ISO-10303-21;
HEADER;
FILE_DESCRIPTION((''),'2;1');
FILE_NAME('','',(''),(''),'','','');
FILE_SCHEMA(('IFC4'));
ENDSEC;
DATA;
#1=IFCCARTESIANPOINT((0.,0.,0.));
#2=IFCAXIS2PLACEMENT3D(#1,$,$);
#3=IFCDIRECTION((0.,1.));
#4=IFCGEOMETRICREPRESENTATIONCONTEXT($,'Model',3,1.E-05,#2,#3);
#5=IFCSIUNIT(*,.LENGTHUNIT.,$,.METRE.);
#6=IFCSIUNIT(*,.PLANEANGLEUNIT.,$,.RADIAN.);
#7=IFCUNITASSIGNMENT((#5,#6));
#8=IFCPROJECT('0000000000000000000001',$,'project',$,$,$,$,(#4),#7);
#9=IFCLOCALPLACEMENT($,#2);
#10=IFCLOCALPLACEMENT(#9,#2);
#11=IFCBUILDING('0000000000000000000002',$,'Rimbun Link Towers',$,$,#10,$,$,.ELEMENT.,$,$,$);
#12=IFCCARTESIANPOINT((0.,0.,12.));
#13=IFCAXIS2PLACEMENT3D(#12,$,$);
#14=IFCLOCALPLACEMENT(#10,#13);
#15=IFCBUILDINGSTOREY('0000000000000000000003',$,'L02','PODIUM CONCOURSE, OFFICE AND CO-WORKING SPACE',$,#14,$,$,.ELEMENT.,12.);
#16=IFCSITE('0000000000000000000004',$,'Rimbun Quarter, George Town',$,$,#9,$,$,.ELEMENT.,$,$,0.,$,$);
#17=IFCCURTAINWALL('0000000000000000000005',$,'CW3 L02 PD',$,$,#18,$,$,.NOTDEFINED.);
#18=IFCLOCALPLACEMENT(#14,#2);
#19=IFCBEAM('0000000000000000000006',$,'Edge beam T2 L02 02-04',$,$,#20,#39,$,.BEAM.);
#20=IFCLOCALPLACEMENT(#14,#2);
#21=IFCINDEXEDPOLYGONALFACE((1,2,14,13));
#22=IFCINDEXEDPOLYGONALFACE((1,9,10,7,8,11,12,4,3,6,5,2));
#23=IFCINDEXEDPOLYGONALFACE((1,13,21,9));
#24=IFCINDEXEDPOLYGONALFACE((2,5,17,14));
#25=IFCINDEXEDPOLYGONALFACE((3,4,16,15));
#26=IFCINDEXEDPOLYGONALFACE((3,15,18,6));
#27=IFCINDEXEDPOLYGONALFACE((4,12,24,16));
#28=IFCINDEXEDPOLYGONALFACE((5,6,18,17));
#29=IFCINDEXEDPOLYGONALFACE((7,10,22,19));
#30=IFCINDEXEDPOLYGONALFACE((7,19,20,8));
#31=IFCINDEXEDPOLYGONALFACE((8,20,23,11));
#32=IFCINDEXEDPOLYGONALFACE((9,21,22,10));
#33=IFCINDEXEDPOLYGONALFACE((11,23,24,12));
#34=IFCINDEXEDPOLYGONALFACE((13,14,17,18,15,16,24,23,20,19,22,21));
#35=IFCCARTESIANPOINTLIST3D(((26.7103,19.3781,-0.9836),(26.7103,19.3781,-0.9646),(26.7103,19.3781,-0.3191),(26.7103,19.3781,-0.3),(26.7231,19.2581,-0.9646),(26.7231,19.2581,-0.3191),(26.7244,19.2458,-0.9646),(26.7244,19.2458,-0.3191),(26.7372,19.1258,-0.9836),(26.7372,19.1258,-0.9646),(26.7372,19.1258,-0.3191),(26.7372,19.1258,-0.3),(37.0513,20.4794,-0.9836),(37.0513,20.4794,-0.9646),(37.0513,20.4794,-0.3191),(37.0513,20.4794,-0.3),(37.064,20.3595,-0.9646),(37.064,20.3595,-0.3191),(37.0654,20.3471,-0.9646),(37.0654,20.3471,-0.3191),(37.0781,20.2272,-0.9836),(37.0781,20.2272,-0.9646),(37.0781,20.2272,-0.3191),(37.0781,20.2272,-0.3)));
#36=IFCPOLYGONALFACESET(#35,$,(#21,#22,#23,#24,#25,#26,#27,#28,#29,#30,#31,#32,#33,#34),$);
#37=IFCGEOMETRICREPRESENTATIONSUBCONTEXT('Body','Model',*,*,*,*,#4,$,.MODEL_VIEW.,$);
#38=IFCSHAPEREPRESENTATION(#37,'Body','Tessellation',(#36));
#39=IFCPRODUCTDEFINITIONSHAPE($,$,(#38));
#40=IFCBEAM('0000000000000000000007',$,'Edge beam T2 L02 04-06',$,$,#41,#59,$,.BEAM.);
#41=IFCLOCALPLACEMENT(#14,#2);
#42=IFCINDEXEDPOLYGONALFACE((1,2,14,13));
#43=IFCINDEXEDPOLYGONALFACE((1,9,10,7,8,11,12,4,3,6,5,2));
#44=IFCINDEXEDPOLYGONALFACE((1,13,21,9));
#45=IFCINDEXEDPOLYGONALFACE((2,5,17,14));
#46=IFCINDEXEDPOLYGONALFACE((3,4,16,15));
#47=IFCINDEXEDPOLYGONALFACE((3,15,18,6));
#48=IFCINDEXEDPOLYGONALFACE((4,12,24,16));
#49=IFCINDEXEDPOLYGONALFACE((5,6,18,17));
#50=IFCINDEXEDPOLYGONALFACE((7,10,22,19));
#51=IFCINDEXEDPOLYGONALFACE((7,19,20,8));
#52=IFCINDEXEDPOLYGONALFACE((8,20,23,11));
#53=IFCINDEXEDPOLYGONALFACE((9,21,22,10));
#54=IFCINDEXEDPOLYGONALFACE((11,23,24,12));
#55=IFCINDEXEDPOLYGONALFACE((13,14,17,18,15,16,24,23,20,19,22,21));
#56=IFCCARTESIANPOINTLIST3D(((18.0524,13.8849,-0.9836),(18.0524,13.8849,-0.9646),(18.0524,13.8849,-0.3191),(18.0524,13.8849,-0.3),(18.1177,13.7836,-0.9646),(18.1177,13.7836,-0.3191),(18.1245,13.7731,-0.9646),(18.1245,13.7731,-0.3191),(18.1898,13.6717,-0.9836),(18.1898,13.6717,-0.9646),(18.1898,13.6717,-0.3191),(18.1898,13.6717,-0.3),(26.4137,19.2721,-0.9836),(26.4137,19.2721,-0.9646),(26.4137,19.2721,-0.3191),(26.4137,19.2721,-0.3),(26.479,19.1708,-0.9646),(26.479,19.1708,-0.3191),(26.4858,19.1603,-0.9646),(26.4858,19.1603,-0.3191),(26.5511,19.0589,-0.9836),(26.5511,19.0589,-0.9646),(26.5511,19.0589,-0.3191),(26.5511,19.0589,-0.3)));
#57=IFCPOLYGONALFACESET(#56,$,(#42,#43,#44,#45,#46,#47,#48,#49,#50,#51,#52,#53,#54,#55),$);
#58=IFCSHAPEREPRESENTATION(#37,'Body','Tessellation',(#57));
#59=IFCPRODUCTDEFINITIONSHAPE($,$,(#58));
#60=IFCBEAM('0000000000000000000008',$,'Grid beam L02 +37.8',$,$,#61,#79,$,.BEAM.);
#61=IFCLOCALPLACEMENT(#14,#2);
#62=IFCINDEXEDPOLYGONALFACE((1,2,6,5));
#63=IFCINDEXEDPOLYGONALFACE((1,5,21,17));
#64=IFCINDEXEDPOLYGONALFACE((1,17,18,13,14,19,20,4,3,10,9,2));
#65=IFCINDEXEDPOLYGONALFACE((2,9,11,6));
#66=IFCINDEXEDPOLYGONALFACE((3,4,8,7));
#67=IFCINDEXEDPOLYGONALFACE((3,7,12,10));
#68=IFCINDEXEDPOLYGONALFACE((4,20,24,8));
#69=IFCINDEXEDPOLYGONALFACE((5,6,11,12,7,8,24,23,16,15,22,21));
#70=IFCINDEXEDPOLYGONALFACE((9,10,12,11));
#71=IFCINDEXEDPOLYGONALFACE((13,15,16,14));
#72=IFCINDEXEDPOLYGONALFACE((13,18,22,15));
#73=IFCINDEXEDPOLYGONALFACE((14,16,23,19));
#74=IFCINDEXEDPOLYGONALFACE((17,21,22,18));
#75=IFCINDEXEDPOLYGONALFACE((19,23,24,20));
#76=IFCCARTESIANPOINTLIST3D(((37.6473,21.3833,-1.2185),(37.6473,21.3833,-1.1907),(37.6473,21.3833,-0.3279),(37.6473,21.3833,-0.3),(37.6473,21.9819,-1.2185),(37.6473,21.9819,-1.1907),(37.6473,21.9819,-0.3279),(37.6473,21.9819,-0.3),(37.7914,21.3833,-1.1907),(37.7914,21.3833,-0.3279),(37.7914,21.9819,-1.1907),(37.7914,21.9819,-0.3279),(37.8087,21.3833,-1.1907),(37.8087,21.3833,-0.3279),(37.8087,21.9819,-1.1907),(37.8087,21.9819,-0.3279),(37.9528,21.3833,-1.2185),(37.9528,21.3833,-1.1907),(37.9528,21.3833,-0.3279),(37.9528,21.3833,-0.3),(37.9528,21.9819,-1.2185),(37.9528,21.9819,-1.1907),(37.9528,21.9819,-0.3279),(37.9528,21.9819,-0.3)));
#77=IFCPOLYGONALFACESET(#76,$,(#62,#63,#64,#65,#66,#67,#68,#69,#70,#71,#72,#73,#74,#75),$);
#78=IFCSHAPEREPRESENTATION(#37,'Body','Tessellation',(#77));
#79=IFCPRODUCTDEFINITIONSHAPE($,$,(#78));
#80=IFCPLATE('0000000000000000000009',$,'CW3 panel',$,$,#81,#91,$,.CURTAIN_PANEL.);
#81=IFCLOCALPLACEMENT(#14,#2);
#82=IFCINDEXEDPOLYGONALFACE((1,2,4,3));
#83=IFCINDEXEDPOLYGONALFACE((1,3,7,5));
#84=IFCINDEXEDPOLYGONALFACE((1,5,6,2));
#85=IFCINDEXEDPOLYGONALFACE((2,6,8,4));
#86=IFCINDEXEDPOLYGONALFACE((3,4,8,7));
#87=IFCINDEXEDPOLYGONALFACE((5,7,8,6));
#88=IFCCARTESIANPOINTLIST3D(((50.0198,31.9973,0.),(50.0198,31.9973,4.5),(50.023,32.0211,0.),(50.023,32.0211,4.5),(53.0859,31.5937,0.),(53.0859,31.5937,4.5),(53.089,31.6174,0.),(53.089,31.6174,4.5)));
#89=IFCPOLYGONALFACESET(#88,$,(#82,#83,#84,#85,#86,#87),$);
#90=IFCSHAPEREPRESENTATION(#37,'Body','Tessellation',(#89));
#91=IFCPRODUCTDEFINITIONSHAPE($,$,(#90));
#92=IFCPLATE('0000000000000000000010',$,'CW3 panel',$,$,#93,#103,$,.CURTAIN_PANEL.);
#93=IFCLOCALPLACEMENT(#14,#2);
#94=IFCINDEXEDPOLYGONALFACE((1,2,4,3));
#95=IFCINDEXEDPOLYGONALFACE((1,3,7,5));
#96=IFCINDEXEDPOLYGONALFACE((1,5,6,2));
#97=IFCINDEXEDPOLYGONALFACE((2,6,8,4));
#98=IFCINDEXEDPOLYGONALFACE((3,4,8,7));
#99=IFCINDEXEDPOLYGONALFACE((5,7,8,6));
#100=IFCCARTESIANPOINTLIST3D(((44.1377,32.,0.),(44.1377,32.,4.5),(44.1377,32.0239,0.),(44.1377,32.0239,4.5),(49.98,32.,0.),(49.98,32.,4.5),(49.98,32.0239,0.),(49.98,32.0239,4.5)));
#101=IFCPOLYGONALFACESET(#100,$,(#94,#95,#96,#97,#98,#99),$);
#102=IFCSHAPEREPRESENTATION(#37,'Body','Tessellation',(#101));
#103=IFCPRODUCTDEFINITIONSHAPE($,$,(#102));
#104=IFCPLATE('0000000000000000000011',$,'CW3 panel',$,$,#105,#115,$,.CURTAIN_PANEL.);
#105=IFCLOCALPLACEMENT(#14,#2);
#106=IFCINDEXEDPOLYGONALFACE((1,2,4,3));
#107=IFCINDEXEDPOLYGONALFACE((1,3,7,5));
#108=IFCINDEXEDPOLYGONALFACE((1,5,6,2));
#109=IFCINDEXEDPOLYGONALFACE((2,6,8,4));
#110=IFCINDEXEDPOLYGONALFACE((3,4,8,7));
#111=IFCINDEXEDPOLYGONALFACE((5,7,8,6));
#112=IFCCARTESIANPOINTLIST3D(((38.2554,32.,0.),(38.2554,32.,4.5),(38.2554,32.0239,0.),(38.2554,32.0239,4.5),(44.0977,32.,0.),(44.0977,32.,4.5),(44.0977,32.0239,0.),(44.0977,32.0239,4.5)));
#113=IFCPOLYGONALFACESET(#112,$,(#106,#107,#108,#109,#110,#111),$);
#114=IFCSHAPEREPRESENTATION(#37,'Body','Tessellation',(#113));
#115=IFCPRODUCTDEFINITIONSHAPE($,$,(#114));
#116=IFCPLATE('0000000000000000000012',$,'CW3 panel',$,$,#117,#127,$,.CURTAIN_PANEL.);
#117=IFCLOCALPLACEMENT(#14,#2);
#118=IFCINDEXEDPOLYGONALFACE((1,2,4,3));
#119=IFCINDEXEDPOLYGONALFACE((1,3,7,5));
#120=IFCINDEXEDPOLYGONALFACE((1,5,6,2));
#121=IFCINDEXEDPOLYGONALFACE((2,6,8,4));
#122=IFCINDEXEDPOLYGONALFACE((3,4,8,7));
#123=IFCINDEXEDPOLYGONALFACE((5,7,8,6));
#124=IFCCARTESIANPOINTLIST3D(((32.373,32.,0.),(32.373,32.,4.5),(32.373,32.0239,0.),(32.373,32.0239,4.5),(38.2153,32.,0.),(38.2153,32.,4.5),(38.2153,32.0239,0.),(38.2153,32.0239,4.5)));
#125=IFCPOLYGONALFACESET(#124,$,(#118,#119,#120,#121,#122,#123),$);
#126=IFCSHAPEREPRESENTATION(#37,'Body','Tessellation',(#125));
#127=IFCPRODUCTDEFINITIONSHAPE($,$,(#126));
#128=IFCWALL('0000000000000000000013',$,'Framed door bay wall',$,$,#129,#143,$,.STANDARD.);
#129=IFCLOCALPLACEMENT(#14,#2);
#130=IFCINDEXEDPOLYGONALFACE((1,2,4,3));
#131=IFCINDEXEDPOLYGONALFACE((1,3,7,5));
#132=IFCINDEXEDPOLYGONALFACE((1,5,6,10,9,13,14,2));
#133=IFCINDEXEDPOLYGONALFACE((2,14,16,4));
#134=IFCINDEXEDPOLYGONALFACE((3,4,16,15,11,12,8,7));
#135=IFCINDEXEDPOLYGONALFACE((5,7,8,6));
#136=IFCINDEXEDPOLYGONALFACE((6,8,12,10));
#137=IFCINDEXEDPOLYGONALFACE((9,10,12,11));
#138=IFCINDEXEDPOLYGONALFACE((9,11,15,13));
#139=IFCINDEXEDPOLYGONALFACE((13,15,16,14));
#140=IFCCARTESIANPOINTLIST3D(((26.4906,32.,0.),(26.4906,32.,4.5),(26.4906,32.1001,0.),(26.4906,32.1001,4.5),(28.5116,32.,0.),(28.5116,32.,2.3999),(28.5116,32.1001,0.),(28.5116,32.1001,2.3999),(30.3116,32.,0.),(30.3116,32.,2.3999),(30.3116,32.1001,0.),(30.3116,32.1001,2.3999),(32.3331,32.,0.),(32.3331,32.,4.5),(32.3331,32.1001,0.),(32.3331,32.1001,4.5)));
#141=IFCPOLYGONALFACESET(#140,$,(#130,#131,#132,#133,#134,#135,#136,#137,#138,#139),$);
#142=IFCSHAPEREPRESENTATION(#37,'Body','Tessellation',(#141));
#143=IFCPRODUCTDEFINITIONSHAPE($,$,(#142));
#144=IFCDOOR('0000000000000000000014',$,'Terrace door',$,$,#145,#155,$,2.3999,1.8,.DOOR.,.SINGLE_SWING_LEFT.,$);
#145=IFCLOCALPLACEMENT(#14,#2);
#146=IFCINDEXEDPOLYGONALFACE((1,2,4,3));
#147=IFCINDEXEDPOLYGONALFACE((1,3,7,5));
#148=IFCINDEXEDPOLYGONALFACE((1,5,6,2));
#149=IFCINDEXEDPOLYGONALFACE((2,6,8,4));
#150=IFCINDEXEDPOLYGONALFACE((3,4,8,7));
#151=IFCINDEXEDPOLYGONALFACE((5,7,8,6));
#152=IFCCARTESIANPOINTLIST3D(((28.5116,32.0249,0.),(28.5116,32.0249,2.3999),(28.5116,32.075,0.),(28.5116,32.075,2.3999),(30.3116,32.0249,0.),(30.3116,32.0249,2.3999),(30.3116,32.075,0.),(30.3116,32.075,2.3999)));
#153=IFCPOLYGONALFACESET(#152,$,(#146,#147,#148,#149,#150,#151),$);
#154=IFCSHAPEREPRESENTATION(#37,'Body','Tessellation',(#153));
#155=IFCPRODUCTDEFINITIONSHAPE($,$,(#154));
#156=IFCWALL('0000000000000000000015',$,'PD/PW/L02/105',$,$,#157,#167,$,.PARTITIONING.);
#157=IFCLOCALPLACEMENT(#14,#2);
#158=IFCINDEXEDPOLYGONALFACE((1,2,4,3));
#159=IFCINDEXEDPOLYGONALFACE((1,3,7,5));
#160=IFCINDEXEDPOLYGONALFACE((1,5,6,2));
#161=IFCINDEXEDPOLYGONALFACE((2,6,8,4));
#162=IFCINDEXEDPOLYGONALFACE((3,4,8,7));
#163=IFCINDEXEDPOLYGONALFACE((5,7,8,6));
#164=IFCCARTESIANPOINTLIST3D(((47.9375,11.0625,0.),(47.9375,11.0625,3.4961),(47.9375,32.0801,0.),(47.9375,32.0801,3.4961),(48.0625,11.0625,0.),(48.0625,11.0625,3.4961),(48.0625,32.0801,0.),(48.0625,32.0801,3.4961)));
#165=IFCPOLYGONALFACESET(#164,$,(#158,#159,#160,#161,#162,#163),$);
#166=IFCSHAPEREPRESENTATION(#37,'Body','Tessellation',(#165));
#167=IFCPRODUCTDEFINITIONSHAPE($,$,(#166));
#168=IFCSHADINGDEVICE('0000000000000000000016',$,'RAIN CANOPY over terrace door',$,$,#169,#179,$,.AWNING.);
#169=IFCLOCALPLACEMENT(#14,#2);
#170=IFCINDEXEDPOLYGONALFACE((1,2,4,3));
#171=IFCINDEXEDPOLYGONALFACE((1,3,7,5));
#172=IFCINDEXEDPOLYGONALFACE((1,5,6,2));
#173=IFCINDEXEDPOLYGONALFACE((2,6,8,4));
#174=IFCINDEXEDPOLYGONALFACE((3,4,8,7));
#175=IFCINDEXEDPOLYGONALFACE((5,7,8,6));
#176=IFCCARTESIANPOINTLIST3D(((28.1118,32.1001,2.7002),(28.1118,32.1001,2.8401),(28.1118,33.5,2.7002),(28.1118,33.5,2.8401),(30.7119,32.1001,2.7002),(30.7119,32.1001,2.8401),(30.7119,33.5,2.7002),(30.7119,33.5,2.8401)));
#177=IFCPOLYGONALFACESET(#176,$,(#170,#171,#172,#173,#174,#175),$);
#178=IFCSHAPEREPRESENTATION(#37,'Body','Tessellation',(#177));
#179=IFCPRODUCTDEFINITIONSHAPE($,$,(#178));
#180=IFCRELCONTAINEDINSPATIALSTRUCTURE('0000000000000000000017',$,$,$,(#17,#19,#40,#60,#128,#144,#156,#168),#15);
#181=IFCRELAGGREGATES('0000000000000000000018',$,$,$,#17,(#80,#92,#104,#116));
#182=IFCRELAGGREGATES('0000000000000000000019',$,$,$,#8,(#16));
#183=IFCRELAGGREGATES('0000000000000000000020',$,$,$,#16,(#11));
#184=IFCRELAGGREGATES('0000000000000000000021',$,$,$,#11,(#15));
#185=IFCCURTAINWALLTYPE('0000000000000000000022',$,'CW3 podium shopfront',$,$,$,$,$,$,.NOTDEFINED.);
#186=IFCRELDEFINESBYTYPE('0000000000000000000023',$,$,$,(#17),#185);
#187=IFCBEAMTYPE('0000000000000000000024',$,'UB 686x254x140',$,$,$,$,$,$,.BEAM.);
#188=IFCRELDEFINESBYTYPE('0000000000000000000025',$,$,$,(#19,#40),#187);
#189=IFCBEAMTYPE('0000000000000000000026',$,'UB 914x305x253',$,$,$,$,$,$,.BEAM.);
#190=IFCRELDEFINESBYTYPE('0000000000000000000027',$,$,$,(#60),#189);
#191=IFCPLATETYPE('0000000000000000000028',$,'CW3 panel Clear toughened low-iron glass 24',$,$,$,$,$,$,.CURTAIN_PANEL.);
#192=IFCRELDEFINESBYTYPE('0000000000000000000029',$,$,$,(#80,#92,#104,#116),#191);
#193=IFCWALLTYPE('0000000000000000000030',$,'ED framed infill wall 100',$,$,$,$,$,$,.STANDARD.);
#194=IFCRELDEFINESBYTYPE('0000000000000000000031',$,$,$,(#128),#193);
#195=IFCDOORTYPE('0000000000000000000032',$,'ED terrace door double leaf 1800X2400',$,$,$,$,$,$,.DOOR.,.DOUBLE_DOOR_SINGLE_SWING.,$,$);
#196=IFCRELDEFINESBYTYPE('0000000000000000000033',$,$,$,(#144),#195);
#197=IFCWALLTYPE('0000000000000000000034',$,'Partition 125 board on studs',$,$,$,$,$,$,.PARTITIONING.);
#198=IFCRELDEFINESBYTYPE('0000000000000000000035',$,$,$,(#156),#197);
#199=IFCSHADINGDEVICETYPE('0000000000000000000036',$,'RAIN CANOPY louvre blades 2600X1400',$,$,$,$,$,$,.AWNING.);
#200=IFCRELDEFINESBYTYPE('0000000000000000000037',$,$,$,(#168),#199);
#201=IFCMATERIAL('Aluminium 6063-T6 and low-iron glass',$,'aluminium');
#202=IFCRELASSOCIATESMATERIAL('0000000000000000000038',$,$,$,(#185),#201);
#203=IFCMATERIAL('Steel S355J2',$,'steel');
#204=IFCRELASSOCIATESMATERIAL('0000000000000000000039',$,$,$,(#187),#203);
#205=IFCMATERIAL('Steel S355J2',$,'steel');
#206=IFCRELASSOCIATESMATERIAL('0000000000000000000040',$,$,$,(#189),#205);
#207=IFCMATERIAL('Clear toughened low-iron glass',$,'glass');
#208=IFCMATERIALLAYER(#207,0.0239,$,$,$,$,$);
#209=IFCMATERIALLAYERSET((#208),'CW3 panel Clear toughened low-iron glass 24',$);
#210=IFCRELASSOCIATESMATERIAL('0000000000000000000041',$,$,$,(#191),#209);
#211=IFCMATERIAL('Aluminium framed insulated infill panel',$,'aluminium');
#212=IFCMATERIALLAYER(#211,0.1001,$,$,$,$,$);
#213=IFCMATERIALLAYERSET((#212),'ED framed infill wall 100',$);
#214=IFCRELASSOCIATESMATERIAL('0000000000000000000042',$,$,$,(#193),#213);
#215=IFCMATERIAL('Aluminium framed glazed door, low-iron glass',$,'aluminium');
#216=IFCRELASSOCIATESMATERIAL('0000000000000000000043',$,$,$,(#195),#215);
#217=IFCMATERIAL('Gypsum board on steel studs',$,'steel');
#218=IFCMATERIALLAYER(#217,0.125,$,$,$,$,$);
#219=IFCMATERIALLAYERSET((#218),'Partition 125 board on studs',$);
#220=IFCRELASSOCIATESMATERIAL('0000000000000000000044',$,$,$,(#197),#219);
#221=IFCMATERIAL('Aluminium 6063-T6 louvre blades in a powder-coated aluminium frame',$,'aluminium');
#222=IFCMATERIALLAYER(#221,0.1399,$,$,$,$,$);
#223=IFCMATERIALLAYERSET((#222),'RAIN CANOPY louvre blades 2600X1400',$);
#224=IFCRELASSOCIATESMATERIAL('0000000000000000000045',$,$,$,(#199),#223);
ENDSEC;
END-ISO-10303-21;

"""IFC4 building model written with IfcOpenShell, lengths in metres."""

from ifc_helpers import new_model, si_unit, direction, frame, frame_2d, origin, origin_2d, place, context, subcontext, project, spatial, rectangle, i_section, extrude, material, layer, layer_set, material_profile, profile_set, type_object, element, fill, aggregate, save


model = new_model("IFC4")

# Units and contexts
model_context = context("Model", 3, precision=1e-05, world=origin(), true_north=direction((0.0, 1.0)))
body_context = subcontext(model_context, "Body", "Model", "MODEL_VIEW")
ifc_project = project(units=[si_unit("LENGTHUNIT", "METRE"), si_unit("PLANEANGLEUNIT", "RADIAN")], contexts=[model_context])

# Site, building, storey
site_placement = place(None, origin())
site = spatial("IfcSite", under=ifc_project, at=site_placement, Name="Rimbun Quarter, George Town", CompositionType="ELEMENT", RefElevation=0.0)
building_placement = place(site_placement, origin())
building = spatial("IfcBuilding", under=site, at=building_placement, Name="Rimbun Link Towers", CompositionType="ELEMENT")
storey_placement = place(building_placement, frame((0.0, 0.0, 12.0)))
storey = spatial("IfcBuildingStorey", under=building, at=storey_placement, Name="L02", Description="PODIUM CONCOURSE, OFFICE AND CO-WORKING SPACE", CompositionType="ELEMENT", Elevation=12.0)

# Curtain wall
ifc_material_1 = material(Name="Aluminium 6063-T6 and low-iron glass", Category="aluminium")
curtain_wall_type = type_object("IfcCurtainWallType", Name="CW3 podium shopfront", PredefinedType="NOTDEFINED", material=ifc_material_1)
curtain_wall_placement = place(storey_placement, origin())
curtain_wall = element("IfcCurtainWall", 1, at=curtain_wall_placement, inside=storey, type_object=curtain_wall_type, Name="CW3 L02 PD", PredefinedType="NOTDEFINED")

# Beams
ifc_material_2 = material(Name="Steel S355J2", Category="steel")
ifc_material_profile_1 = material_profile(ifc_material_2, i_section(OverallWidth=0.2537, OverallDepth=0.6836, WebThickness=0.0125, FlangeThickness=0.019, at=origin_2d()), Name="UB 686x254x140")
ifc_profile_set_1 = profile_set([ifc_material_profile_1], Name="Steel S355J2")
beam_type_1 = type_object("IfcBeamType", Name="UB 686x254x140", PredefinedType="BEAM", material=ifc_profile_set_1)
beam_1_placement = place(storey_placement, frame((37.0647, 20.3533, -0.6418), z_axis=(-0.994376, -0.105903, 0.0), x_axis=(0.105903, -0.994376, 0.0)))
element("IfcBeam", 2, at=beam_1_placement, inside=storey, type_object=beam_type_1, Name="Edge beam T2 L02 02-04", PredefinedType="BEAM", context=body_context, shape_type="SweptSolid", body=[
    extrude(i_section(OverallWidth=0.2537, OverallDepth=0.6836, WebThickness=0.0125, FlangeThickness=0.019, at=origin_2d()), origin(), (0.0, 0.0, 1.0), 10.3994),
])
beam_2_placement = place(storey_placement, frame((26.4824, 19.1655, -0.6418), z_axis=(-0.840626, -0.541616, 0.0), x_axis=(0.541616, -0.840626, 0.0)))
element("IfcBeam", 3, at=beam_2_placement, inside=storey, type_object=beam_type_1, Name="Edge beam T2 L02 04-06", PredefinedType="BEAM", context=body_context, shape_type="SweptSolid", body=[
    extrude(i_section(OverallWidth=0.2537, OverallDepth=0.6836, WebThickness=0.0125, FlangeThickness=0.019, at=origin_2d()), origin(), (0.0, 0.0, 1.0), 9.9465),
])
ifc_material_3 = material(Name="Steel S355J2", Category="steel")
ifc_material_profile_2 = material_profile(ifc_material_3, i_section(OverallWidth=0.3054, OverallDepth=0.9185, WebThickness=0.0173, FlangeThickness=0.0278, at=origin_2d()), Name="UB 914x305x253")
ifc_profile_set_2 = profile_set([ifc_material_profile_2], Name="Steel S355J2")
beam_type_2 = type_object("IfcBeamType", Name="UB 914x305x253", PredefinedType="BEAM", material=ifc_profile_set_2)
beam_3_placement = place(storey_placement, frame((37.8, 21.3833, -0.7593), z_axis=(0.0, 1.0, 0.0), x_axis=(-1.0, 0.0, 0.0)))
element("IfcBeam", 4, at=beam_3_placement, inside=storey, type_object=beam_type_2, Name="Grid beam L02 +37.8", PredefinedType="BEAM", context=body_context, shape_type="SweptSolid", body=[
    extrude(i_section(OverallWidth=0.3054, OverallDepth=0.9185, WebThickness=0.0173, FlangeThickness=0.0278, at=origin_2d()), origin(), (0.0, 0.0, 1.0), 0.5986),
])

# Plates
ifc_material_4 = material(Name="Clear toughened low-iron glass", Category="glass")
ifc_layer_1 = layer(ifc_material_4, 0.0239)
ifc_layer_set_1 = layer_set([ifc_layer_1], Name="CW3 panel Clear toughened low-iron glass 24")
plate_type = type_object("IfcPlateType", Name="CW3 panel Clear toughened low-iron glass 24", PredefinedType="CURTAIN_PANEL", material=ifc_layer_set_1)
plate_1_placement = place(storey_placement, frame((51.5544, 31.8074, 0.0), z_axis=(0.0, 0.0, 1.0), x_axis=(0.991444, -0.13053, 0.0)))
plate_1 = element("IfcPlate", 5, at=plate_1_placement, type_object=plate_type, Name="CW3 panel", PredefinedType="CURTAIN_PANEL", context=body_context, shape_type="SweptSolid", body=[
    extrude(rectangle(XDim=3.0925, YDim=0.0239, at=origin_2d()), origin(), (0.0, 0.0, 1.0), 4.5),
])
plate_2_placement = place(storey_placement, frame((47.0588, 32.012, 0.0), z_axis=(0.0, 0.0, 1.0), x_axis=(1.0, 0.0, 0.0)))
plate_2 = element("IfcPlate", 6, at=plate_2_placement, type_object=plate_type, Name="CW3 panel", PredefinedType="CURTAIN_PANEL", context=body_context, shape_type="SweptSolid", body=[
    extrude(rectangle(XDim=5.8423, YDim=0.0239, at=origin_2d()), origin(), (0.0, 0.0, 1.0), 4.5),
])
plate_3_placement = place(storey_placement, frame((41.1765, 32.012, 0.0), z_axis=(0.0, 0.0, 1.0), x_axis=(1.0, 0.0, 0.0)))
plate_3 = element("IfcPlate", 7, at=plate_3_placement, type_object=plate_type, Name="CW3 panel", PredefinedType="CURTAIN_PANEL", context=body_context, shape_type="SweptSolid", body=[
    extrude(rectangle(XDim=5.8423, YDim=0.0239, at=origin_2d()), origin(), (0.0, 0.0, 1.0), 4.5),
])
plate_4_placement = place(storey_placement, frame((35.2942, 32.012, 0.0), z_axis=(0.0, 0.0, 1.0), x_axis=(1.0, 0.0, 0.0)))
plate_4 = element("IfcPlate", 8, at=plate_4_placement, type_object=plate_type, Name="CW3 panel", PredefinedType="CURTAIN_PANEL", context=body_context, shape_type="SweptSolid", body=[
    extrude(rectangle(XDim=5.8423, YDim=0.0239, at=origin_2d()), origin(), (0.0, 0.0, 1.0), 4.5),
])
aggregate(curtain_wall, [plate_1, plate_2, plate_3, plate_4])

# Wall, opening, door
ifc_material_5 = material(Name="Aluminium framed insulated infill panel", Category="aluminium")
ifc_layer_2 = layer(ifc_material_5, 0.1001)
ifc_layer_set_2 = layer_set([ifc_layer_2], Name="ED framed infill wall 100")
wall_type_1 = type_object("IfcWallType", Name="ED framed infill wall 100", PredefinedType="STANDARD", material=ifc_layer_set_2)
wall_1_placement = place(storey_placement, frame((26.4905, 32.05, 0.0), z_axis=(0.0, 0.0, 1.0), x_axis=(1.0, 0.0, 0.0)))
wall_1 = element("IfcWall", 9, at=wall_1_placement, inside=storey, type_object=wall_type_1, Name="Framed door bay wall", PredefinedType="STANDARD", context=body_context, shape_type="SweptSolid", body=[
    extrude(rectangle(XDim=5.8425, YDim=0.1001, at=frame_2d((2.9214, 0.0))), origin(), (0.0, 0.0, 1.0), 4.5),
])
opening_placement = place(wall_1_placement, frame((2.0212, 0.0, 0.0)))
opening = element("IfcOpeningElement", 10, at=opening_placement, cuts=wall_1, PredefinedType="OPENING", context=body_context, shape_type="SweptSolid", body=[
    extrude(rectangle(XDim=1.8, YDim=2.3999, at=frame_2d((0.8999, 1.2))), frame((0.0, 0.0601, 0.0), z_axis=(0.0, -1.0, 0.0), x_axis=(1.0, 0.0, 0.0)), (0.0, 0.0, 1.0), 0.1201),
])
ifc_material_6 = material(Name="Aluminium framed glazed door, low-iron glass", Category="aluminium")
door_type = type_object("IfcDoorType", Name="ED terrace door double leaf 1800X2400", OperationType="DOUBLE_DOOR_SINGLE_SWING", PredefinedType="DOOR", material=ifc_material_6)
door_placement = place(opening_placement, origin())
door = element("IfcDoor", 11, at=door_placement, inside=storey, type_object=door_type, Name="Terrace door", OperationType="SINGLE_SWING_LEFT", OverallHeight=2.3999, OverallWidth=1.8, PredefinedType="DOOR", context=body_context, shape_type="SweptSolid", body=[
    extrude(rectangle(XDim=1.8, YDim=2.3999, at=frame_2d((0.8999, 1.2))), frame((0.0, 0.0249, 0.0), z_axis=(0.0, -1.0, 0.0), x_axis=(1.0, 0.0, 0.0)), (0.0, 0.0, 1.0), 0.05),
])
fill(opening, door)

# Wall
ifc_material_7 = material(Name="Gypsum board on steel studs", Category="steel")
ifc_layer_3 = layer(ifc_material_7, 0.125)
ifc_layer_set_3 = layer_set([ifc_layer_3], Name="Partition 125 board on studs")
wall_type_2 = type_object("IfcWallType", Name="Partition 125 board on studs", PredefinedType="PARTITIONING", material=ifc_layer_set_3)
wall_2_placement = place(storey_placement, frame((48.0, 11.0625, 0.0), z_axis=(0.0, 0.0, 1.0), x_axis=(0.0, 1.0, 0.0)))
element("IfcWall", 12, at=wall_2_placement, inside=storey, type_object=wall_type_2, Name="PD/PW/L02/105", PredefinedType="PARTITIONING", context=body_context, shape_type="SweptSolid", body=[
    extrude(rectangle(XDim=21.0176, YDim=0.125, at=frame_2d((10.5088, 0.0))), origin(), (0.0, 0.0, 1.0), 3.4961),
])

# Shading device
ifc_material_8 = material(Name="Aluminium 6063-T6 louvre blades in a powder-coated aluminium frame", Category="aluminium")
ifc_layer_4 = layer(ifc_material_8, 0.1399)
ifc_layer_set_4 = layer_set([ifc_layer_4], Name="RAIN CANOPY louvre blades 2600X1400")
shading_device_type = type_object("IfcShadingDeviceType", Name="RAIN CANOPY louvre blades 2600X1400", PredefinedType="AWNING", material=ifc_layer_set_4)
shading_device_placement = place(storey_placement, frame((29.4119, 32.8, 2.7002), z_axis=(0.0, 0.0, 1.0), x_axis=(1.0, 0.0, 0.0)))
element("IfcShadingDevice", 13, at=shading_device_placement, inside=storey, type_object=shading_device_type, Name="RAIN CANOPY over terrace door", PredefinedType="AWNING", context=body_context, shape_type="SweptSolid", body=[
    extrude(rectangle(XDim=2.6001, YDim=1.3999, at=origin_2d()), origin(), (0.0, 0.0, 1.0), 0.1399),
])

save(model, "model.ifc")
